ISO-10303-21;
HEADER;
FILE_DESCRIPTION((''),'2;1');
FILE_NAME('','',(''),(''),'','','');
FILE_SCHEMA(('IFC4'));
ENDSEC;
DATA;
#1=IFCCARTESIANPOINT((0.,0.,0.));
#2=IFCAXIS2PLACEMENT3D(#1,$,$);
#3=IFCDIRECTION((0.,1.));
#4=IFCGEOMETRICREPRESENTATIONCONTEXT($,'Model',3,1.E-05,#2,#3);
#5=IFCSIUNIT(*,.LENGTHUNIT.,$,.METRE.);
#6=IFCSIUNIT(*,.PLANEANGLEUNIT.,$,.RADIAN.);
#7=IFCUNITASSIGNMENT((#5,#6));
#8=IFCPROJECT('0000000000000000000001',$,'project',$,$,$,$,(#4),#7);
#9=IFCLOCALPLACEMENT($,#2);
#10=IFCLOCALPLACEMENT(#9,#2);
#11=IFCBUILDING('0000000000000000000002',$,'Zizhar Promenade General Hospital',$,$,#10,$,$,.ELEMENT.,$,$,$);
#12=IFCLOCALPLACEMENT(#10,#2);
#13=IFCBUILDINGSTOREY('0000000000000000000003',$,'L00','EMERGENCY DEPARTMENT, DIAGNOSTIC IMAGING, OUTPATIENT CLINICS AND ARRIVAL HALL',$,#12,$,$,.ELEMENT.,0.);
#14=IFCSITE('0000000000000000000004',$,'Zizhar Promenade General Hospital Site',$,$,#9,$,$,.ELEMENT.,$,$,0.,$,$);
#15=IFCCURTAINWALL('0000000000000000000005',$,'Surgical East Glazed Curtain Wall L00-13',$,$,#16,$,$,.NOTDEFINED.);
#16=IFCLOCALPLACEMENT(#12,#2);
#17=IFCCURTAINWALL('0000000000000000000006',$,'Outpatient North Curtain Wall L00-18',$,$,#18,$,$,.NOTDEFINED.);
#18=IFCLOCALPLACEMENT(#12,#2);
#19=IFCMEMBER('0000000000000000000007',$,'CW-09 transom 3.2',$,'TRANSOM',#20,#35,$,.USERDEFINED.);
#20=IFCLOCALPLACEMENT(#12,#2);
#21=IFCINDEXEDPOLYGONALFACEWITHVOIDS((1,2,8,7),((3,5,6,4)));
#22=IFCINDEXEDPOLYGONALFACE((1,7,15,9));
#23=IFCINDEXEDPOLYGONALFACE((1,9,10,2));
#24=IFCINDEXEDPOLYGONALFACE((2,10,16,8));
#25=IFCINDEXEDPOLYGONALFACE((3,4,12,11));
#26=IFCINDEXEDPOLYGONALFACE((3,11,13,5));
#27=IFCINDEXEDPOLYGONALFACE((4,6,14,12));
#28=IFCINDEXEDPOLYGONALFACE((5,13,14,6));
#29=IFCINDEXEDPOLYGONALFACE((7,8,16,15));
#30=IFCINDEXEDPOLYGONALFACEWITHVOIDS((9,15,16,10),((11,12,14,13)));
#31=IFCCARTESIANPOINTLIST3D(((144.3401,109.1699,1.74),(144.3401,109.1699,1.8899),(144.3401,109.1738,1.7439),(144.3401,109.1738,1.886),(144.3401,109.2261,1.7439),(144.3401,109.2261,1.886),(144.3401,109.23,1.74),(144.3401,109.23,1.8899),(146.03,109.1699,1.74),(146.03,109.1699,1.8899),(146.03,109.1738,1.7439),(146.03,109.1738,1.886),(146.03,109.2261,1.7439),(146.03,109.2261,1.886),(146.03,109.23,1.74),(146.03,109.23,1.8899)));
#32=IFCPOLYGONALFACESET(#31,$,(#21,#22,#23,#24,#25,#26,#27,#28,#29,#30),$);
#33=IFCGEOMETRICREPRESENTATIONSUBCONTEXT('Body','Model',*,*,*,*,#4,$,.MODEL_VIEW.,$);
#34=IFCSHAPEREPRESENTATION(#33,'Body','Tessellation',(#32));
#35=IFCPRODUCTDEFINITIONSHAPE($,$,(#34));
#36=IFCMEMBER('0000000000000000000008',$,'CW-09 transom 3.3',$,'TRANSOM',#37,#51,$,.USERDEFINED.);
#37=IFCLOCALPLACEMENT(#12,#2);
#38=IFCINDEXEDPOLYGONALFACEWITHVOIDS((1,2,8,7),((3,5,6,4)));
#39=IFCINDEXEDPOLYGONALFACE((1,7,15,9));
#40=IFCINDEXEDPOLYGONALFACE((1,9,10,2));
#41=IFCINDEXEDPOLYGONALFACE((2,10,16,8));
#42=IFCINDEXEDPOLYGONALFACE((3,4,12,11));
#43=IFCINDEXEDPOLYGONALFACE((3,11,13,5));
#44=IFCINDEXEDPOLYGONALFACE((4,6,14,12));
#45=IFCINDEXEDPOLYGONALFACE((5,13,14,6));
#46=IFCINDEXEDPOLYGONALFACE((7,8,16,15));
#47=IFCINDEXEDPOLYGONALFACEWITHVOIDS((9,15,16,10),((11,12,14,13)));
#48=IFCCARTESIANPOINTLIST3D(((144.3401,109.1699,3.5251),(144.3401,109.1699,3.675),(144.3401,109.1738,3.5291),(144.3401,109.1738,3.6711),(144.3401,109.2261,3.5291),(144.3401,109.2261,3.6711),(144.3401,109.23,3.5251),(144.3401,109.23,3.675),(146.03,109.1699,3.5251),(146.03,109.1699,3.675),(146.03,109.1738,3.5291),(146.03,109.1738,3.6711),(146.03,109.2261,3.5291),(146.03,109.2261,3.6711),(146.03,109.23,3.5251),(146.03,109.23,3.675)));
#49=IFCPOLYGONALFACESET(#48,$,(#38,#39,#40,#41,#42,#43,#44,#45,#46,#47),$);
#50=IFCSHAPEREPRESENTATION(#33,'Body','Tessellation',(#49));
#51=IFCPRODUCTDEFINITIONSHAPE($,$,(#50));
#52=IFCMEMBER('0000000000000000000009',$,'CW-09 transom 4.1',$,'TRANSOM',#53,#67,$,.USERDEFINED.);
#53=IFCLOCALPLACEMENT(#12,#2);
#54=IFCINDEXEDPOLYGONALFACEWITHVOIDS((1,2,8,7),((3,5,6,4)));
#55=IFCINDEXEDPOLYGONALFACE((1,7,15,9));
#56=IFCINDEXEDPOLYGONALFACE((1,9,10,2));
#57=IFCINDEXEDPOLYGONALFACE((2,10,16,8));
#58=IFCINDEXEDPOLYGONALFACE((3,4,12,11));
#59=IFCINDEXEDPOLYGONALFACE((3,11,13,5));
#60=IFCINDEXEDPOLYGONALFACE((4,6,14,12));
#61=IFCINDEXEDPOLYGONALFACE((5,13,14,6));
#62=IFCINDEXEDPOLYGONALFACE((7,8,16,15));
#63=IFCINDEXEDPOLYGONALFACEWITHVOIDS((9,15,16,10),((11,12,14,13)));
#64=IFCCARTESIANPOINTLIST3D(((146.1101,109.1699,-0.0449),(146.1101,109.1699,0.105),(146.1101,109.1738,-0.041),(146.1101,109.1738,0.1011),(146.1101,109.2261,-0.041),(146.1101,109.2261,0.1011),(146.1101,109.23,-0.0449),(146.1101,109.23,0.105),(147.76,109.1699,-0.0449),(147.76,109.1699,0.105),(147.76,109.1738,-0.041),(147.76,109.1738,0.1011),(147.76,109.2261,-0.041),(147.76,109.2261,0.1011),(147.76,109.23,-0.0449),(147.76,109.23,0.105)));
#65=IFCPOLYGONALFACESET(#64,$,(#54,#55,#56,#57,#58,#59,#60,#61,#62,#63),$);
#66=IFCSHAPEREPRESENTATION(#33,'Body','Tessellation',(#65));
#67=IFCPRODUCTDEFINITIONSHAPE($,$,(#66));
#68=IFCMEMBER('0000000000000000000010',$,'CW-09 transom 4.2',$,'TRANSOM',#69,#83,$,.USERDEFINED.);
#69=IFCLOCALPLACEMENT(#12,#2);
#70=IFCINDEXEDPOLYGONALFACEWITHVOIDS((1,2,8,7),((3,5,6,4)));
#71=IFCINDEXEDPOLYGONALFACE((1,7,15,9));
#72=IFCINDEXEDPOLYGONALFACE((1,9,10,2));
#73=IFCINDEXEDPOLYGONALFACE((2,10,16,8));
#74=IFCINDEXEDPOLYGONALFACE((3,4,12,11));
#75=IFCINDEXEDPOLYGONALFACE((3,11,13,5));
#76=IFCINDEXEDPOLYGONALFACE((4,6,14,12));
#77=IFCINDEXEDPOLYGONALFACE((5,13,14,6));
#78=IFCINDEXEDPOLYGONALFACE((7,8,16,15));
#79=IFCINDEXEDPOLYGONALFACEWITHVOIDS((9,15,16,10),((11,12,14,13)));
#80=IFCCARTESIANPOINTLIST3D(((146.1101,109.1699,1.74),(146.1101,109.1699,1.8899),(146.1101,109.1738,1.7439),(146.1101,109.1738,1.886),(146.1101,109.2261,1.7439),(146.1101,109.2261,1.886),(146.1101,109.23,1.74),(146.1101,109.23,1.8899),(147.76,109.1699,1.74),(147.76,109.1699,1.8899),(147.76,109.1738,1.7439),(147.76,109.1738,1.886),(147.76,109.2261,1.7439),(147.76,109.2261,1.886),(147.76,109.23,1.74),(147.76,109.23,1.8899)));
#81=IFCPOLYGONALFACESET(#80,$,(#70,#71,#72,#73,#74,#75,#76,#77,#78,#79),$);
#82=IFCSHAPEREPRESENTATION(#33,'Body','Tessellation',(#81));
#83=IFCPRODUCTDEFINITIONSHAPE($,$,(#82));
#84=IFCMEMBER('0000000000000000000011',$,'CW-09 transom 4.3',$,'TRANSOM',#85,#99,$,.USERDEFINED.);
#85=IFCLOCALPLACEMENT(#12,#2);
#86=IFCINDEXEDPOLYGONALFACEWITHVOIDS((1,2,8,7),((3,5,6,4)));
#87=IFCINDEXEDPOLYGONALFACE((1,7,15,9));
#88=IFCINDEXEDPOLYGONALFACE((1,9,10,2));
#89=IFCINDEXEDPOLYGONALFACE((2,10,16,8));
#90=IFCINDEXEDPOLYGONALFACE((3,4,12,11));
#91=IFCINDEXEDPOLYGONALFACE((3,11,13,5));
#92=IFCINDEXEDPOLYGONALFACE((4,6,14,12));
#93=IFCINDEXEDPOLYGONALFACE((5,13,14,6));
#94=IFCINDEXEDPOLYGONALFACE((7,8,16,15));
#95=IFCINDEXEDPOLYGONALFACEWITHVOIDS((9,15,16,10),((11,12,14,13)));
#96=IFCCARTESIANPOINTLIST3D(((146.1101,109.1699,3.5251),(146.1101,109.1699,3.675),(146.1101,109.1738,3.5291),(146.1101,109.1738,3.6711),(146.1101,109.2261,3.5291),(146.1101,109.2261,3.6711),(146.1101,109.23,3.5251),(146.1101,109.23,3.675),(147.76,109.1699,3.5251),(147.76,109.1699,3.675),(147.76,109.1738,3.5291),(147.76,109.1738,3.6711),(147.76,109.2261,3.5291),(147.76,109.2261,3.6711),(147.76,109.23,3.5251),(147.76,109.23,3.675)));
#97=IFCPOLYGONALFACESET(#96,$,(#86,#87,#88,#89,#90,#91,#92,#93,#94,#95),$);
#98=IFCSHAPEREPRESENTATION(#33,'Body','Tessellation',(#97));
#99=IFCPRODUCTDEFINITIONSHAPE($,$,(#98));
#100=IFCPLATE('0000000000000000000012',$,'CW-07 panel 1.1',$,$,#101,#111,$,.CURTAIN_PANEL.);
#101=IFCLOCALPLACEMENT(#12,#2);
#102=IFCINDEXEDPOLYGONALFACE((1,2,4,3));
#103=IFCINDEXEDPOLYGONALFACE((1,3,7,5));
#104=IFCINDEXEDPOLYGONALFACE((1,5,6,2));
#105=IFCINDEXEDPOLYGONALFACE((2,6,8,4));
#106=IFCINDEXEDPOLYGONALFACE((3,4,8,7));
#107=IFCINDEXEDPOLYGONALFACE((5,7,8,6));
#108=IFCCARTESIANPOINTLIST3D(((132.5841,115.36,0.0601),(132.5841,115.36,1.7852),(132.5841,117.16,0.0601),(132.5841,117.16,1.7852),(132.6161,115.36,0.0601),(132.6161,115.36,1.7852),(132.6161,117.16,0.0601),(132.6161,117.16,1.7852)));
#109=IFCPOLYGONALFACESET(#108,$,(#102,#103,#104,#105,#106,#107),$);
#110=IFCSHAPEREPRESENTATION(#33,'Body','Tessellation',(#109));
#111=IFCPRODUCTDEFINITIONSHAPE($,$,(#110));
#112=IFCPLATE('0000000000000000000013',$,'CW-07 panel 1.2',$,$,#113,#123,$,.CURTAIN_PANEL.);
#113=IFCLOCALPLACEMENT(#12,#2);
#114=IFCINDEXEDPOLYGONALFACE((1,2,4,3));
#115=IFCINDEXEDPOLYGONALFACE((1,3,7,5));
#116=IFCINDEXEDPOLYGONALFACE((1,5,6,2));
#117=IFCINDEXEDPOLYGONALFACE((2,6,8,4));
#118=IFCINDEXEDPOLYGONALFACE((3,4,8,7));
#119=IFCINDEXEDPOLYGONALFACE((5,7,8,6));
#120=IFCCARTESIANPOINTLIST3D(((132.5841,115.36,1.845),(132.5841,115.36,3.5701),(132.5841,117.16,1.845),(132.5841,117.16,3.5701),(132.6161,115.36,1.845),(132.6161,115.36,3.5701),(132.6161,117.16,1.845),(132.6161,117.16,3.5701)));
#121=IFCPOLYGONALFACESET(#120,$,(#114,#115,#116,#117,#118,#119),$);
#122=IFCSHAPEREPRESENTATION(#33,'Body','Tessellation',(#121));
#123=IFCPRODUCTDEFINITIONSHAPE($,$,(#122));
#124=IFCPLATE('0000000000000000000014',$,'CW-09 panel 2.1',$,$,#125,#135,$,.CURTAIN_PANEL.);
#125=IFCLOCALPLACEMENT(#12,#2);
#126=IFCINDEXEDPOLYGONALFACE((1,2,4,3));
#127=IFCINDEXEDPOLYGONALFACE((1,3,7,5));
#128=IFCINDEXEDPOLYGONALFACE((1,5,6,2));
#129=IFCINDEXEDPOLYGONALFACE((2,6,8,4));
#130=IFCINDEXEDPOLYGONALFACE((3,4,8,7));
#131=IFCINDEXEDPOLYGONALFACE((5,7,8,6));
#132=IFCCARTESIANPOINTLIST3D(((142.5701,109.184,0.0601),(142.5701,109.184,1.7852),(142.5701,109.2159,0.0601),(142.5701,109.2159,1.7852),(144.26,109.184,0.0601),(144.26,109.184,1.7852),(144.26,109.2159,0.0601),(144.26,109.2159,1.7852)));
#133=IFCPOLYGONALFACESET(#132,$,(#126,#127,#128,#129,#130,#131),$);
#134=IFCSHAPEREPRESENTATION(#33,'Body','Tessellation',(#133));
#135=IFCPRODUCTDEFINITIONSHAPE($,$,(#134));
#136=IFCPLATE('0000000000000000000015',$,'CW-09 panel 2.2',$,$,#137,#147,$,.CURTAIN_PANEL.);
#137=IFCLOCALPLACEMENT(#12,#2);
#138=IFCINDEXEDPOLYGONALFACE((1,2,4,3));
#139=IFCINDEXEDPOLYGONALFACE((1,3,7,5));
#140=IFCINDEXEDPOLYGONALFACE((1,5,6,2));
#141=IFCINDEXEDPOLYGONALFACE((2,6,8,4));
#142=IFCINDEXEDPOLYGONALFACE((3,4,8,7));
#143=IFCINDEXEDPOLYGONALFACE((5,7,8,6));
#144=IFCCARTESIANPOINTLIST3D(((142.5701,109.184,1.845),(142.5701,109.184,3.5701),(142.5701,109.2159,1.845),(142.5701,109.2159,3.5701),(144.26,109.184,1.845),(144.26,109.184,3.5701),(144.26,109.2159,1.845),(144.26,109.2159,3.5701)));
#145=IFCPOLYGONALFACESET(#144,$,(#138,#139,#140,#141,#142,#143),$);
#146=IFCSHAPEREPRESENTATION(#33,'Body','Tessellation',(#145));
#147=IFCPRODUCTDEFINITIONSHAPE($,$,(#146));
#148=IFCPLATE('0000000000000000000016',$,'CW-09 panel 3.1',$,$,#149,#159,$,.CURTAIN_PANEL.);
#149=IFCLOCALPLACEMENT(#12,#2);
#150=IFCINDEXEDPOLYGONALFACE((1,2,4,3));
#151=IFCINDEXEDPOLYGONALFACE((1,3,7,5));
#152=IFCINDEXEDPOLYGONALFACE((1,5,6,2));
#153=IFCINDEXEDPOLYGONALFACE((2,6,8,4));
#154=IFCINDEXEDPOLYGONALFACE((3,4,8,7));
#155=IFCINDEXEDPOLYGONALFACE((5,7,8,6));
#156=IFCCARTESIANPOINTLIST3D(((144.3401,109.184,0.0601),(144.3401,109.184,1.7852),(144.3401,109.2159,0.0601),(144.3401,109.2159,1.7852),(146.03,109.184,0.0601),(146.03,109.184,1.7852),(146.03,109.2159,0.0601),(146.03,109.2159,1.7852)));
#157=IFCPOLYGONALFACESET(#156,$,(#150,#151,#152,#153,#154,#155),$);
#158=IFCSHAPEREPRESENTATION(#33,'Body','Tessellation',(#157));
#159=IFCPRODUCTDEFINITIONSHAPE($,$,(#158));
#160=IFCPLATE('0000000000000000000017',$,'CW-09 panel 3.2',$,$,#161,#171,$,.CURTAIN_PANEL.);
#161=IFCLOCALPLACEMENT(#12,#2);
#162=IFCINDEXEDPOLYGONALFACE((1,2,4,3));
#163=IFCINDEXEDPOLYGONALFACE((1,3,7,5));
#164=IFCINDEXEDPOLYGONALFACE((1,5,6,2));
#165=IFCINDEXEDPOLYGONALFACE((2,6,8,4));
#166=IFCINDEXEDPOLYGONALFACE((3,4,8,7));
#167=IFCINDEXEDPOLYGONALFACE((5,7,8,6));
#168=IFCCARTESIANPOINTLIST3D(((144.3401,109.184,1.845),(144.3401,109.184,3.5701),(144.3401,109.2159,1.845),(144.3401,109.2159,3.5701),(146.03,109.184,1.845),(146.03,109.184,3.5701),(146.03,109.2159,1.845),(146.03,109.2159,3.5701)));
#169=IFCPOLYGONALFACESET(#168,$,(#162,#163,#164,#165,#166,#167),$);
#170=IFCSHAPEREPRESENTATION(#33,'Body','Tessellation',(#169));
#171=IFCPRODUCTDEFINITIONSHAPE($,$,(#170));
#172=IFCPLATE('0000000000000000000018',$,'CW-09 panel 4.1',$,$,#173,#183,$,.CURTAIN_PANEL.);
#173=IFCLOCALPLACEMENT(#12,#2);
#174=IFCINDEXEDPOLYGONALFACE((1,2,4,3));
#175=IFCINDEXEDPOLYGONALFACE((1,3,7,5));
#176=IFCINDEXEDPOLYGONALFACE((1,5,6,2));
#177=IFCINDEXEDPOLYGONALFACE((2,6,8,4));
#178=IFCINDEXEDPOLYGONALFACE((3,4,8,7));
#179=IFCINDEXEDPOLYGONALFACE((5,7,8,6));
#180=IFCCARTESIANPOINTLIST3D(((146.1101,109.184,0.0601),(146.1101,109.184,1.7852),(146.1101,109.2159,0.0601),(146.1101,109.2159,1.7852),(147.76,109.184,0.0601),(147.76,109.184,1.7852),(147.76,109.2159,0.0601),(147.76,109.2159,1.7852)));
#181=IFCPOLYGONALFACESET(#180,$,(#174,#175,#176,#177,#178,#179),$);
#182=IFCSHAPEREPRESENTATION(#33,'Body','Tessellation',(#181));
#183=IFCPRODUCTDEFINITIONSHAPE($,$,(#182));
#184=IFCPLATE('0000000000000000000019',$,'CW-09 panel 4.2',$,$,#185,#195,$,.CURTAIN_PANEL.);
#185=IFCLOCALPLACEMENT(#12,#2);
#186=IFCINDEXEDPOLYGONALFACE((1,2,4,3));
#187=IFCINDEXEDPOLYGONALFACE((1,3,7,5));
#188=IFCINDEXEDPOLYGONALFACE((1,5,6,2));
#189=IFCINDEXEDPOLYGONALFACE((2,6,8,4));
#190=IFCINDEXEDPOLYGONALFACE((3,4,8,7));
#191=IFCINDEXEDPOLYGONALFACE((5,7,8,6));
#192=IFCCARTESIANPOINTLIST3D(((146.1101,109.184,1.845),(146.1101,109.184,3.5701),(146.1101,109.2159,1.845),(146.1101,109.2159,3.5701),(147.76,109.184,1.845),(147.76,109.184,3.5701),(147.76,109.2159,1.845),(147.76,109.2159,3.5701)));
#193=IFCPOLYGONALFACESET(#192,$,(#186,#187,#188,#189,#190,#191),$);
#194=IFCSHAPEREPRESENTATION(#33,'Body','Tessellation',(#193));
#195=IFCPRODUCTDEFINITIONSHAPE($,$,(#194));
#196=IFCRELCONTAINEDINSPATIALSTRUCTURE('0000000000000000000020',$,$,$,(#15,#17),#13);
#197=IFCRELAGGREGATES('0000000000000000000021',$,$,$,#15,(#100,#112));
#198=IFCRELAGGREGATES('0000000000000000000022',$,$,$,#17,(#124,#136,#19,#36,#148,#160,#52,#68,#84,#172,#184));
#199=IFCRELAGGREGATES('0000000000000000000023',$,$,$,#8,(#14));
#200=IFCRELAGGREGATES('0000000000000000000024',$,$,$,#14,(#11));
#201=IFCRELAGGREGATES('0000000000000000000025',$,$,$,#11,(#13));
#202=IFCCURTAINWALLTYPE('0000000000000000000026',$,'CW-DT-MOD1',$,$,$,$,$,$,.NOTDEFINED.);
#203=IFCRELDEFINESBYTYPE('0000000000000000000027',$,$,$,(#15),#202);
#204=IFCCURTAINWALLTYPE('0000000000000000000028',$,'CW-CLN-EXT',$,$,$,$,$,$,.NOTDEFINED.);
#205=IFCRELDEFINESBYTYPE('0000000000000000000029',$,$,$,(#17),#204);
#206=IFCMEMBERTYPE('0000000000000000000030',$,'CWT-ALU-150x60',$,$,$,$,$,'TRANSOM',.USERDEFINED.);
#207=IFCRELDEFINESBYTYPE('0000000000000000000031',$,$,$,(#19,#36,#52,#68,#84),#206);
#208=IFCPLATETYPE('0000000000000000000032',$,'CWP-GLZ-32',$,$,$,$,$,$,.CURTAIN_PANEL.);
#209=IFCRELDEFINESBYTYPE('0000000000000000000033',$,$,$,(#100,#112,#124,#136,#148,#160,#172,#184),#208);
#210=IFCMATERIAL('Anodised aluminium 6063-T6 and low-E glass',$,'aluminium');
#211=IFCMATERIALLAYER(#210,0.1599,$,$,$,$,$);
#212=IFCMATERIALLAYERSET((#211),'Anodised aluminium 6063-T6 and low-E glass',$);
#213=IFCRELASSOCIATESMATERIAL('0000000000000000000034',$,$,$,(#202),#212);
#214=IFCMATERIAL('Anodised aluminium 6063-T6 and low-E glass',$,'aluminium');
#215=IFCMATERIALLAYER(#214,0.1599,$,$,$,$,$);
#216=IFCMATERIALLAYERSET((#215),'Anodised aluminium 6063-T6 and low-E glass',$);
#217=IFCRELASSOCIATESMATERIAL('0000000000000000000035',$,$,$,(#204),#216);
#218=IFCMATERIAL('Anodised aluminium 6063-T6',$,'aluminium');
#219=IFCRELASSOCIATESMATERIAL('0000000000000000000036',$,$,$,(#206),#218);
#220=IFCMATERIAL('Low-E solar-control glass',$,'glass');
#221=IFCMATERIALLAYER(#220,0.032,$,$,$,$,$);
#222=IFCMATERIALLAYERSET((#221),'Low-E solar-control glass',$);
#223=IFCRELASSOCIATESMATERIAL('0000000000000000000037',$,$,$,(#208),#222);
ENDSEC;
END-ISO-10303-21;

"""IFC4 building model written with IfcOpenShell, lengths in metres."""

from ifc_helpers import new_model, si_unit, direction, frame, origin, origin_2d, place, context, subcontext, project, spatial, rectangle, hollow_rectangle, extrude, material, layer, layer_set, material_profile, profile_set, type_object, element, aggregate, save


model = new_model("IFC4")

# Units and contexts
model_context = context("Model", 3, precision=1e-05, world=origin(), true_north=direction((0.0, 1.0)))
body_context = subcontext(model_context, "Body", "Model", "MODEL_VIEW")
ifc_project = project(units=[si_unit("LENGTHUNIT", "METRE"), si_unit("PLANEANGLEUNIT", "RADIAN")], contexts=[model_context])

# Site, building, storey
site_placement = place(None, origin())
site = spatial("IfcSite", under=ifc_project, at=site_placement, Name="Zizhar Promenade General Hospital Site", CompositionType="ELEMENT", RefElevation=0.0)
building_placement = place(site_placement, origin())
building = spatial("IfcBuilding", under=site, at=building_placement, Name="Zizhar Promenade General Hospital", CompositionType="ELEMENT")
storey_placement = place(building_placement, origin())
storey = spatial("IfcBuildingStorey", under=building, at=storey_placement, Name="L00", Description="EMERGENCY DEPARTMENT, DIAGNOSTIC IMAGING, OUTPATIENT CLINICS AND ARRIVAL HALL", CompositionType="ELEMENT", Elevation=0.0)

# Curtain walls
ifc_material_1 = material(Name="Anodised aluminium 6063-T6 and low-E glass", Category="aluminium")
ifc_layer_1 = layer(ifc_material_1, 0.1599)
ifc_layer_set_1 = layer_set([ifc_layer_1], Name="Anodised aluminium 6063-T6 and low-E glass")
curtain_wall_type_1 = type_object("IfcCurtainWallType", Name="CW-DT-MOD1", PredefinedType="NOTDEFINED", material=ifc_layer_set_1)
curtain_wall_1_placement = place(storey_placement, origin())
curtain_wall_1 = element("IfcCurtainWall", 1, at=curtain_wall_1_placement, inside=storey, type_object=curtain_wall_type_1, Name="Surgical East Glazed Curtain Wall L00-13", PredefinedType="NOTDEFINED")
ifc_material_2 = material(Name="Anodised aluminium 6063-T6 and low-E glass", Category="aluminium")
ifc_layer_2 = layer(ifc_material_2, 0.1599)
ifc_layer_set_2 = layer_set([ifc_layer_2], Name="Anodised aluminium 6063-T6 and low-E glass")
curtain_wall_type_2 = type_object("IfcCurtainWallType", Name="CW-CLN-EXT", PredefinedType="NOTDEFINED", material=ifc_layer_set_2)
curtain_wall_2_placement = place(storey_placement, origin())
curtain_wall_2 = element("IfcCurtainWall", 2, at=curtain_wall_2_placement, inside=storey, type_object=curtain_wall_type_2, Name="Outpatient North Curtain Wall L00-18", PredefinedType="NOTDEFINED")

# Members
ifc_material_3 = material(Name="Anodised aluminium 6063-T6", Category="aluminium")
ifc_material_profile_1 = material_profile(ifc_material_3, hollow_rectangle(XDim=0.0601, YDim=0.1499, WallThickness=0.0039, at=origin_2d()))
ifc_profile_set_1 = profile_set([ifc_material_profile_1], Name="Anodised aluminium 6063-T6")
member_type_1 = type_object("IfcMemberType", Name="CWT-ALU-150x60", ElementType="TRANSOM", PredefinedType="USERDEFINED", material=ifc_profile_set_1)
member_1_placement = place(storey_placement, frame((144.3401, 109.2, 1.8149), z_axis=(1.0, 0.0, 0.0), x_axis=(0.0, 1.0, 0.0)))
member_1 = element("IfcMember", 3, at=member_1_placement, type_object=member_type_1, Name="CW-09 transom 3.2", ObjectType="TRANSOM", PredefinedType="USERDEFINED", context=body_context, shape_type="SweptSolid", body=[
    extrude(hollow_rectangle(XDim=0.0601, YDim=0.1499, WallThickness=0.0039, at=origin_2d()), origin(), (0.0, 0.0, 1.0), 1.6899),
])
member_2_placement = place(storey_placement, frame((144.3401, 109.2, 3.6001), z_axis=(1.0, 0.0, 0.0), x_axis=(0.0, 1.0, 0.0)))
member_2 = element("IfcMember", 4, at=member_2_placement, type_object=member_type_1, Name="CW-09 transom 3.3", ObjectType="TRANSOM", PredefinedType="USERDEFINED", context=body_context, shape_type="SweptSolid", body=[
    extrude(hollow_rectangle(XDim=0.0601, YDim=0.1499, WallThickness=0.0039, at=origin_2d()), origin(), (0.0, 0.0, 1.0), 1.6899),
])
member_3_placement = place(storey_placement, frame((146.1101, 109.2, 0.03), z_axis=(1.0, 0.0, 0.0), x_axis=(0.0, 1.0, 0.0)))
member_3 = element("IfcMember", 5, at=member_3_placement, type_object=member_type_1, Name="CW-09 transom 4.1", ObjectType="TRANSOM", PredefinedType="USERDEFINED", context=body_context, shape_type="SweptSolid", body=[
    extrude(hollow_rectangle(XDim=0.0601, YDim=0.1499, WallThickness=0.0039, at=origin_2d()), origin(), (0.0, 0.0, 1.0), 1.6499),
])
member_4_placement = place(storey_placement, frame((146.1101, 109.2, 1.8149), z_axis=(1.0, 0.0, 0.0), x_axis=(0.0, 1.0, 0.0)))
member_4 = element("IfcMember", 6, at=member_4_placement, type_object=member_type_1, Name="CW-09 transom 4.2", ObjectType="TRANSOM", PredefinedType="USERDEFINED", context=body_context, shape_type="SweptSolid", body=[
    extrude(hollow_rectangle(XDim=0.0601, YDim=0.1499, WallThickness=0.0039, at=origin_2d()), origin(), (0.0, 0.0, 1.0), 1.6499),
])
member_5_placement = place(storey_placement, frame((146.1101, 109.2, 3.6001), z_axis=(1.0, 0.0, 0.0), x_axis=(0.0, 1.0, 0.0)))
member_5 = element("IfcMember", 7, at=member_5_placement, type_object=member_type_1, Name="CW-09 transom 4.3", ObjectType="TRANSOM", PredefinedType="USERDEFINED", context=body_context, shape_type="SweptSolid", body=[
    extrude(hollow_rectangle(XDim=0.0601, YDim=0.1499, WallThickness=0.0039, at=origin_2d()), origin(), (0.0, 0.0, 1.0), 1.6499),
])

# Plates
ifc_material_4 = material(Name="Low-E solar-control glass", Category="glass")
ifc_layer_3 = layer(ifc_material_4, 0.032)
ifc_layer_set_3 = layer_set([ifc_layer_3], Name="Low-E solar-control glass")
plate_type = type_object("IfcPlateType", Name="CWP-GLZ-32", PredefinedType="CURTAIN_PANEL", material=ifc_layer_set_3)
plate_1_placement = place(storey_placement, frame((132.6001, 116.26, 0.0601), z_axis=(0.0, 0.0, 1.0), x_axis=(0.0, -1.0, 0.0)))
plate_1 = element("IfcPlate", 8, at=plate_1_placement, type_object=plate_type, Name="CW-07 panel 1.1", PredefinedType="CURTAIN_PANEL", context=body_context, shape_type="SweptSolid", body=[
    extrude(rectangle(XDim=1.8, YDim=0.032, at=origin_2d()), origin(), (0.0, 0.0, 1.0), 1.7251),
])
plate_2_placement = place(storey_placement, frame((132.6001, 116.26, 1.845), z_axis=(0.0, 0.0, 1.0), x_axis=(0.0, -1.0, 0.0)))
plate_2 = element("IfcPlate", 9, at=plate_2_placement, type_object=plate_type, Name="CW-07 panel 1.2", PredefinedType="CURTAIN_PANEL", context=body_context, shape_type="SweptSolid", body=[
    extrude(rectangle(XDim=1.8, YDim=0.032, at=origin_2d()), origin(), (0.0, 0.0, 1.0), 1.7251),
])
aggregate(curtain_wall_1, [plate_1, plate_2])
plate_3_placement = place(storey_placement, frame((143.415, 109.2, 0.0601), z_axis=(0.0, 0.0, 1.0), x_axis=(1.0, 0.0, 0.0)))
plate_3 = element("IfcPlate", 10, at=plate_3_placement, type_object=plate_type, Name="CW-09 panel 2.1", PredefinedType="CURTAIN_PANEL", context=body_context, shape_type="SweptSolid", body=[
    extrude(rectangle(XDim=1.6899, YDim=0.032, at=origin_2d()), origin(), (0.0, 0.0, 1.0), 1.7251),
])
plate_4_placement = place(storey_placement, frame((143.415, 109.2, 1.845), z_axis=(0.0, 0.0, 1.0), x_axis=(1.0, 0.0, 0.0)))
plate_4 = element("IfcPlate", 11, at=plate_4_placement, type_object=plate_type, Name="CW-09 panel 2.2", PredefinedType="CURTAIN_PANEL", context=body_context, shape_type="SweptSolid", body=[
    extrude(rectangle(XDim=1.6899, YDim=0.032, at=origin_2d()), origin(), (0.0, 0.0, 1.0), 1.7251),
])
plate_5_placement = place(storey_placement, frame((145.1851, 109.2, 0.0601), z_axis=(0.0, 0.0, 1.0), x_axis=(1.0, 0.0, 0.0)))
plate_5 = element("IfcPlate", 12, at=plate_5_placement, type_object=plate_type, Name="CW-09 panel 3.1", PredefinedType="CURTAIN_PANEL", context=body_context, shape_type="SweptSolid", body=[
    extrude(rectangle(XDim=1.6899, YDim=0.032, at=origin_2d()), origin(), (0.0, 0.0, 1.0), 1.7251),
])
plate_6_placement = place(storey_placement, frame((145.1851, 109.2, 1.845), z_axis=(0.0, 0.0, 1.0), x_axis=(1.0, 0.0, 0.0)))
plate_6 = element("IfcPlate", 13, at=plate_6_placement, type_object=plate_type, Name="CW-09 panel 3.2", PredefinedType="CURTAIN_PANEL", context=body_context, shape_type="SweptSolid", body=[
    extrude(rectangle(XDim=1.6899, YDim=0.032, at=origin_2d()), origin(), (0.0, 0.0, 1.0), 1.7251),
])
plate_7_placement = place(storey_placement, frame((146.9351, 109.2, 0.0601), z_axis=(0.0, 0.0, 1.0), x_axis=(1.0, 0.0, 0.0)))
plate_7 = element("IfcPlate", 14, at=plate_7_placement, type_object=plate_type, Name="CW-09 panel 4.1", PredefinedType="CURTAIN_PANEL", context=body_context, shape_type="SweptSolid", body=[
    extrude(rectangle(XDim=1.6499, YDim=0.032, at=origin_2d()), origin(), (0.0, 0.0, 1.0), 1.7251),
])
plate_8_placement = place(storey_placement, frame((146.9351, 109.2, 1.845), z_axis=(0.0, 0.0, 1.0), x_axis=(1.0, 0.0, 0.0)))
plate_8 = element("IfcPlate", 15, at=plate_8_placement, type_object=plate_type, Name="CW-09 panel 4.2", PredefinedType="CURTAIN_PANEL", context=body_context, shape_type="SweptSolid", body=[
    extrude(rectangle(XDim=1.6499, YDim=0.032, at=origin_2d()), origin(), (0.0, 0.0, 1.0), 1.7251),
])
aggregate(curtain_wall_2, [plate_3, plate_4, member_1, member_2, plate_5, plate_6, member_3, member_4, member_5, plate_7, plate_8])

save(model, "model.ifc")
